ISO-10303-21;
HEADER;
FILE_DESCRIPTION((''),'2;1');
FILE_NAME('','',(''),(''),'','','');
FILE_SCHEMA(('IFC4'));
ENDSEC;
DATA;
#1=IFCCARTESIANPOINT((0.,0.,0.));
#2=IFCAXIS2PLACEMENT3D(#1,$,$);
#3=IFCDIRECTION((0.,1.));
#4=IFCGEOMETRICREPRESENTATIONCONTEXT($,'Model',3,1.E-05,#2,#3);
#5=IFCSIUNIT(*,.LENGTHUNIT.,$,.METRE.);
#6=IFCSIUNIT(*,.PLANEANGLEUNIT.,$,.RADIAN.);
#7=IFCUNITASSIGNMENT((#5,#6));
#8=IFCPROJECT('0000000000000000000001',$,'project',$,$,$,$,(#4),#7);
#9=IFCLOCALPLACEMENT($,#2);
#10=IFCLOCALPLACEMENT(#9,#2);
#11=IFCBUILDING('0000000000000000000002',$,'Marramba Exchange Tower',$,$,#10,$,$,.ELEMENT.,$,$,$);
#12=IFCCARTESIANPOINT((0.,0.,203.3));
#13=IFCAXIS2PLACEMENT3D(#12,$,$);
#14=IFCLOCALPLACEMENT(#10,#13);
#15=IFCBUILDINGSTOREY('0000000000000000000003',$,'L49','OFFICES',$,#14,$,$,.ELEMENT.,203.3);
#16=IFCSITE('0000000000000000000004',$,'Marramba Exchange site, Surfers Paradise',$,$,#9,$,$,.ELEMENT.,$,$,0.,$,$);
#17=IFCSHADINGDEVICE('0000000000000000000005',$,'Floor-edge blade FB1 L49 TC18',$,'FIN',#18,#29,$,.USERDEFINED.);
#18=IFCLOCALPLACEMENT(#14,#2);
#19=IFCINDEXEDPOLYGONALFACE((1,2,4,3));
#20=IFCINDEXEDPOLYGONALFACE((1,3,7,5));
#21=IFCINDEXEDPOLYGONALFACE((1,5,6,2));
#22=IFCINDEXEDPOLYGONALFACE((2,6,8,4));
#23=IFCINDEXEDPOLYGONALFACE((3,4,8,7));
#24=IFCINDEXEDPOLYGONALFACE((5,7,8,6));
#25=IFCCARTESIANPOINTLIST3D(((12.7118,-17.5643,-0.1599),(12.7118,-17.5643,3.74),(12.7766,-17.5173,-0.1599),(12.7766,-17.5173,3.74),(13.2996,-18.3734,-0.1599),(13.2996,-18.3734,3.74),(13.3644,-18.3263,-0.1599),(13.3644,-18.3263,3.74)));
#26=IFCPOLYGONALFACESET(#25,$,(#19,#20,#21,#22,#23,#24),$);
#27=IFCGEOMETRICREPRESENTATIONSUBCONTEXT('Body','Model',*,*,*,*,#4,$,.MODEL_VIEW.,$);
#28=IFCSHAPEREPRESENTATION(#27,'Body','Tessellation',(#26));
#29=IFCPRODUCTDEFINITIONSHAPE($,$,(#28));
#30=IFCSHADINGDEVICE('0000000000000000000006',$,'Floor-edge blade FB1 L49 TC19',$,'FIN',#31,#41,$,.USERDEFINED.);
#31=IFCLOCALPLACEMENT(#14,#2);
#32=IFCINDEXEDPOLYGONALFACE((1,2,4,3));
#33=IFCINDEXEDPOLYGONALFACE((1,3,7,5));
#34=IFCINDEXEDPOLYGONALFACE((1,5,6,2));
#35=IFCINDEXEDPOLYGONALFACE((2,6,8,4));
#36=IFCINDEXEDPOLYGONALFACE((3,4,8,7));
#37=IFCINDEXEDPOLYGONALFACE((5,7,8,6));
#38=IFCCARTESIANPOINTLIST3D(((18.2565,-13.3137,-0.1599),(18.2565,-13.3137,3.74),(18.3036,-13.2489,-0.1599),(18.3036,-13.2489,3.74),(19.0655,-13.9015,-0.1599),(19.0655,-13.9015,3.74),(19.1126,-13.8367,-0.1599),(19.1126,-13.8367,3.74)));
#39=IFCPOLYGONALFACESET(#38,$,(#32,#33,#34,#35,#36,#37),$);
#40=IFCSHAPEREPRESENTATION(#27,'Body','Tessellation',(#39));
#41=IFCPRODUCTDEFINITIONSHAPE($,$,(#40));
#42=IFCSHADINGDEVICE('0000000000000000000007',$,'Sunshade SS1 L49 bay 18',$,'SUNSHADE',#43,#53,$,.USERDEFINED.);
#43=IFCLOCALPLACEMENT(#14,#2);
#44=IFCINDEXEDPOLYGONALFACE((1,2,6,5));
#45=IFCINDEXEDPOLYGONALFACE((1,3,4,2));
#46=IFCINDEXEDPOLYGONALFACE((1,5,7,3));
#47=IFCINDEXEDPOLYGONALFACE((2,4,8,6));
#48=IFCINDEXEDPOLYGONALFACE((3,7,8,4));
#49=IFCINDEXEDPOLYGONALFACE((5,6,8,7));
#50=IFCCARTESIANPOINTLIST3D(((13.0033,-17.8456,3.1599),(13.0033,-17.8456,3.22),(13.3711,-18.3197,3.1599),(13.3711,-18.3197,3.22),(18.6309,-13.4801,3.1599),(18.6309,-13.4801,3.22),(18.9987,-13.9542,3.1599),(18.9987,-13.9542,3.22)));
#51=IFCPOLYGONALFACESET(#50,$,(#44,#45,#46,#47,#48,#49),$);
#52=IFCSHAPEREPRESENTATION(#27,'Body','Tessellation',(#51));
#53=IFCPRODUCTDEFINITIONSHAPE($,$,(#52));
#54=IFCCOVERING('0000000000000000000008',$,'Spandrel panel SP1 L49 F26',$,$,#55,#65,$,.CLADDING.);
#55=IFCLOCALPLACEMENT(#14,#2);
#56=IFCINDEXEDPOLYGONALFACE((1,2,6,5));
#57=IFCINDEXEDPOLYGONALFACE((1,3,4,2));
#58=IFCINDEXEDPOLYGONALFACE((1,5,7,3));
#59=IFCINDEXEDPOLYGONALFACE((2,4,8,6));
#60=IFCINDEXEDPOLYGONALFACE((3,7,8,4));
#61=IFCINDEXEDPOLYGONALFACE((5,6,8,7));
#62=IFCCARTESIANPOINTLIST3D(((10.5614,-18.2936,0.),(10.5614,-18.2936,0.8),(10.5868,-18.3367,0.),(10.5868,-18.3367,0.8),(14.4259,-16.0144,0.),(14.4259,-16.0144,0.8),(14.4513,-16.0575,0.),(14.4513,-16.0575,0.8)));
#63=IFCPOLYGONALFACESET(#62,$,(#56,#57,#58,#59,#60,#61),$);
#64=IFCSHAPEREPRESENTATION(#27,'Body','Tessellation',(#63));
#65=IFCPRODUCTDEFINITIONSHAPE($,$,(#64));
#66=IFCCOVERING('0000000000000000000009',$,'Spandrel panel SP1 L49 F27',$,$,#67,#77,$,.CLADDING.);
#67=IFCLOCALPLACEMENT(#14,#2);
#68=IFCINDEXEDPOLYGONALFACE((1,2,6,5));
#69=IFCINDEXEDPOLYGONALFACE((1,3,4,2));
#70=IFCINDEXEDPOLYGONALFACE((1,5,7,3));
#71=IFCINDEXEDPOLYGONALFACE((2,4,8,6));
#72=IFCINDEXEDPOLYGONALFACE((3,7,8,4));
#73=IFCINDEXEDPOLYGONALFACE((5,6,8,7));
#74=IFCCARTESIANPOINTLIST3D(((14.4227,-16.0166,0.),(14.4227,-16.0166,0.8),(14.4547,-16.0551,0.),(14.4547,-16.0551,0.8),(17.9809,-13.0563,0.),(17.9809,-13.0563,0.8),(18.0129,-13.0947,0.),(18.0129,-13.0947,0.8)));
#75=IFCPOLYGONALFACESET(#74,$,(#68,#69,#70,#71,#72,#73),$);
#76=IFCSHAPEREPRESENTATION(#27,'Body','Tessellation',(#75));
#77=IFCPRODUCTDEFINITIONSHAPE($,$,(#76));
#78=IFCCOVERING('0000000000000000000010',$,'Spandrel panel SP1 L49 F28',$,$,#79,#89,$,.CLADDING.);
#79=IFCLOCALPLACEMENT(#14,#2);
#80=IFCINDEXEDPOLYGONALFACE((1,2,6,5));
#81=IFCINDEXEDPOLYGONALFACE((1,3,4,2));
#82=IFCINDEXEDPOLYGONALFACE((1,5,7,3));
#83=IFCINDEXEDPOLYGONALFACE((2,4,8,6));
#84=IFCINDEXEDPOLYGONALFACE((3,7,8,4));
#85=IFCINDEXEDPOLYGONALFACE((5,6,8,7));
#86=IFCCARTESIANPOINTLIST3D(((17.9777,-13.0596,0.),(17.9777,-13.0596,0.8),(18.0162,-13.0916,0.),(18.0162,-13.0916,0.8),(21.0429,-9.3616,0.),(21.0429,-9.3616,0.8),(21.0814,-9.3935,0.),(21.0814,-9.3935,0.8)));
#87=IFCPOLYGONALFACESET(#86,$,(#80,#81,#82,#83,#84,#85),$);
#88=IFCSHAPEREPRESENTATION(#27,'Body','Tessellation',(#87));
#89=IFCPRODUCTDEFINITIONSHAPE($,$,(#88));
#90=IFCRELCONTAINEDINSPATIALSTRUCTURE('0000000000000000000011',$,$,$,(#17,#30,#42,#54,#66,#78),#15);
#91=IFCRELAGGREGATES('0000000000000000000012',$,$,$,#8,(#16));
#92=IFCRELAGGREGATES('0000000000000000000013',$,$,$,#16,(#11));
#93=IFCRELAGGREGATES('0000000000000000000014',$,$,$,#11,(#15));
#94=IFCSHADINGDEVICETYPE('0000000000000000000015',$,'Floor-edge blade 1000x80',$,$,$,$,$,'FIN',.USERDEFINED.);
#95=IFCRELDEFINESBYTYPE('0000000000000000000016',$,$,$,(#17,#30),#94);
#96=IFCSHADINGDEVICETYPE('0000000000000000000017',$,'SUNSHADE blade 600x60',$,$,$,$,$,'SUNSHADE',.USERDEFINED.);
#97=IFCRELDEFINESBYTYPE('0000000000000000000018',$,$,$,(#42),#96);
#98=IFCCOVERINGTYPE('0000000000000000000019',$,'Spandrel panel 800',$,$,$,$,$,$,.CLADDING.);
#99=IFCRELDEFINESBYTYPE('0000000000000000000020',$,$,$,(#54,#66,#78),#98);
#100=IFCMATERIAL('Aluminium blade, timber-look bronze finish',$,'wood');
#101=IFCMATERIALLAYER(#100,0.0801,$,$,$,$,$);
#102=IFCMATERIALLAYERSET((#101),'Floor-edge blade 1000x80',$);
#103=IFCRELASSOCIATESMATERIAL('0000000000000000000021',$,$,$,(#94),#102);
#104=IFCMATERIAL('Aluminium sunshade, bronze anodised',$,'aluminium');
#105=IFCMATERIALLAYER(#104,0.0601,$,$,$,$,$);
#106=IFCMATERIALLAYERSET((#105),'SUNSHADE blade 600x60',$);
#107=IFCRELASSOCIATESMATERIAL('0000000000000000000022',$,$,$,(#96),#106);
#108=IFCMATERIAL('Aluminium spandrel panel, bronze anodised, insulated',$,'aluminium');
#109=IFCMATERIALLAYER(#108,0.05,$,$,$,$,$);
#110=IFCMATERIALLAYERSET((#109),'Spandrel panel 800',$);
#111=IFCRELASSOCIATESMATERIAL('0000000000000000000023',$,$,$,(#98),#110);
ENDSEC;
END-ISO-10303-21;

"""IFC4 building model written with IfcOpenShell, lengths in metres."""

from ifc_helpers import new_model, si_unit, direction, frame, origin, origin_2d, place, context, subcontext, project, spatial, rectangle, extrude, material, layer, layer_set, type_object, element, save


model = new_model("IFC4")

# Units and contexts
model_context = context("Model", 3, precision=1e-05, world=origin(), true_north=direction((0.0, 1.0)))
body_context = subcontext(model_context, "Body", "Model", "MODEL_VIEW")
ifc_project = project(units=[si_unit("LENGTHUNIT", "METRE"), si_unit("PLANEANGLEUNIT", "RADIAN")], contexts=[model_context])

# Site, building, storey
site_placement = place(None, origin())
site = spatial("IfcSite", under=ifc_project, at=site_placement, Name="Marramba Exchange site, Surfers Paradise", CompositionType="ELEMENT", RefElevation=0.0)
building_placement = place(site_placement, origin())
building = spatial("IfcBuilding", under=site, at=building_placement, Name="Marramba Exchange Tower", CompositionType="ELEMENT")
storey_placement = place(building_placement, frame((0.0, 0.0, 203.3)))
storey = spatial("IfcBuildingStorey", under=building, at=storey_placement, Name="L49", Description="OFFICES", CompositionType="ELEMENT", Elevation=203.3)

# Shading devices
ifc_material_1 = material(Name="Aluminium blade, timber-look bronze finish", Category="wood")
ifc_layer_1 = layer(ifc_material_1, 0.0801)
ifc_layer_set_1 = layer_set([ifc_layer_1], Name="Floor-edge blade 1000x80")
shading_device_type_1 = type_object("IfcShadingDeviceType", Name="Floor-edge blade 1000x80", ElementType="FIN", PredefinedType="USERDEFINED", material=ifc_layer_set_1)
for number, where, z_axis, x_axis, name in (
    (1, (13.0381, -17.9453, -0.1599), (0.0, 0.0, 1.0), (0.587785, -0.809017, 0.0), "Floor-edge blade FB1 L49 TC18"),
    (2, (18.6846, -13.5752, -0.1599), (0.0, 0.0, 1.0), (0.809017, -0.587785, 0.0), "Floor-edge blade FB1 L49 TC19"),
):
    element("IfcShadingDevice", number, at=place(storey_placement, frame(where, z_axis=z_axis, x_axis=x_axis)), inside=storey, type_object=shading_device_type_1, Name=name, ObjectType="FIN", PredefinedType="USERDEFINED", context=body_context, shape_type="SweptSolid", body=[
        extrude(rectangle(XDim=1.0, YDim=0.0801, at=origin_2d()), origin(), (0.0, 0.0, 1.0), 3.8999),
    ])
ifc_material_2 = material(Name="Aluminium sunshade, bronze anodised", Category="aluminium")
ifc_layer_2 = layer(ifc_material_2, 0.0601)
ifc_layer_set_2 = layer_set([ifc_layer_2], Name="SUNSHADE blade 600x60")
shading_device_type_2 = type_object("IfcShadingDeviceType", Name="SUNSHADE blade 600x60", ElementType="SUNSHADE", PredefinedType="USERDEFINED", material=ifc_layer_set_2)
shading_device_placement = place(storey_placement, frame((16.001, -15.8999, 3.1599), z_axis=(0.0, 0.0, 1.0), x_axis=(0.790133, 0.612935, 0.0)))
element("IfcShadingDevice", 3, at=shading_device_placement, inside=storey, type_object=shading_device_type_2, Name="Sunshade SS1 L49 bay 18", ObjectType="SUNSHADE", PredefinedType="USERDEFINED", context=body_context, shape_type="SweptSolid", body=[
    extrude(rectangle(XDim=7.1223, YDim=0.6001, at=origin_2d()), origin(), (0.0, 0.0, 1.0), 0.0601),
])

# Coverings
ifc_material_3 = material(Name="Aluminium spandrel panel, bronze anodised, insulated", Category="aluminium")
ifc_layer_3 = layer(ifc_material_3, 0.05)
ifc_layer_set_3 = layer_set([ifc_layer_3], Name="Spandrel panel 800")
covering_type = type_object("IfcCoveringType", Name="Spandrel panel 800", PredefinedType="CLADDING", material=ifc_layer_set_3)
covering_1_placement = place(storey_placement, frame((12.5063, -17.1755, 0.0), z_axis=(0.0, 0.0, 1.0), x_axis=(0.861351, 0.508011, 0.0)))
element("IfcCovering", 4, at=covering_1_placement, inside=storey, type_object=covering_type, Name="Spandrel panel SP1 L49 F26", PredefinedType="CLADDING", context=body_context, shape_type="SweptSolid", body=[
    extrude(rectangle(XDim=4.4866, YDim=0.05, at=origin_2d()), origin(), (0.0, 0.0, 1.0), 0.8),
])
covering_2_placement = place(storey_placement, frame((16.2178, -14.5557, 0.0), z_axis=(0.0, 0.0, 1.0), x_axis=(0.768737, 0.639565, 0.0)))
element("IfcCovering", 5, at=covering_2_placement, inside=storey, type_object=covering_type, Name="Spandrel panel SP1 L49 F27", PredefinedType="CLADDING", context=body_context, shape_type="SweptSolid", body=[
    extrude(rectangle(XDim=4.6287, YDim=0.05, at=origin_2d()), origin(), (0.0, 0.0, 1.0), 0.8),
])
covering_3_placement = place(storey_placement, frame((19.5295, -11.2266, 0.0), z_axis=(0.0, 0.0, 1.0), x_axis=(0.63815, 0.769912, 0.0)))
element("IfcCovering", 6, at=covering_3_placement, inside=storey, type_object=covering_type, Name="Spandrel panel SP1 L49 F28", PredefinedType="CLADDING", context=body_context, shape_type="SweptSolid", body=[
    extrude(rectangle(XDim=4.8032, YDim=0.05, at=origin_2d()), origin(), (0.0, 0.0, 1.0), 0.8),
])

save(model, "model.ifc")
